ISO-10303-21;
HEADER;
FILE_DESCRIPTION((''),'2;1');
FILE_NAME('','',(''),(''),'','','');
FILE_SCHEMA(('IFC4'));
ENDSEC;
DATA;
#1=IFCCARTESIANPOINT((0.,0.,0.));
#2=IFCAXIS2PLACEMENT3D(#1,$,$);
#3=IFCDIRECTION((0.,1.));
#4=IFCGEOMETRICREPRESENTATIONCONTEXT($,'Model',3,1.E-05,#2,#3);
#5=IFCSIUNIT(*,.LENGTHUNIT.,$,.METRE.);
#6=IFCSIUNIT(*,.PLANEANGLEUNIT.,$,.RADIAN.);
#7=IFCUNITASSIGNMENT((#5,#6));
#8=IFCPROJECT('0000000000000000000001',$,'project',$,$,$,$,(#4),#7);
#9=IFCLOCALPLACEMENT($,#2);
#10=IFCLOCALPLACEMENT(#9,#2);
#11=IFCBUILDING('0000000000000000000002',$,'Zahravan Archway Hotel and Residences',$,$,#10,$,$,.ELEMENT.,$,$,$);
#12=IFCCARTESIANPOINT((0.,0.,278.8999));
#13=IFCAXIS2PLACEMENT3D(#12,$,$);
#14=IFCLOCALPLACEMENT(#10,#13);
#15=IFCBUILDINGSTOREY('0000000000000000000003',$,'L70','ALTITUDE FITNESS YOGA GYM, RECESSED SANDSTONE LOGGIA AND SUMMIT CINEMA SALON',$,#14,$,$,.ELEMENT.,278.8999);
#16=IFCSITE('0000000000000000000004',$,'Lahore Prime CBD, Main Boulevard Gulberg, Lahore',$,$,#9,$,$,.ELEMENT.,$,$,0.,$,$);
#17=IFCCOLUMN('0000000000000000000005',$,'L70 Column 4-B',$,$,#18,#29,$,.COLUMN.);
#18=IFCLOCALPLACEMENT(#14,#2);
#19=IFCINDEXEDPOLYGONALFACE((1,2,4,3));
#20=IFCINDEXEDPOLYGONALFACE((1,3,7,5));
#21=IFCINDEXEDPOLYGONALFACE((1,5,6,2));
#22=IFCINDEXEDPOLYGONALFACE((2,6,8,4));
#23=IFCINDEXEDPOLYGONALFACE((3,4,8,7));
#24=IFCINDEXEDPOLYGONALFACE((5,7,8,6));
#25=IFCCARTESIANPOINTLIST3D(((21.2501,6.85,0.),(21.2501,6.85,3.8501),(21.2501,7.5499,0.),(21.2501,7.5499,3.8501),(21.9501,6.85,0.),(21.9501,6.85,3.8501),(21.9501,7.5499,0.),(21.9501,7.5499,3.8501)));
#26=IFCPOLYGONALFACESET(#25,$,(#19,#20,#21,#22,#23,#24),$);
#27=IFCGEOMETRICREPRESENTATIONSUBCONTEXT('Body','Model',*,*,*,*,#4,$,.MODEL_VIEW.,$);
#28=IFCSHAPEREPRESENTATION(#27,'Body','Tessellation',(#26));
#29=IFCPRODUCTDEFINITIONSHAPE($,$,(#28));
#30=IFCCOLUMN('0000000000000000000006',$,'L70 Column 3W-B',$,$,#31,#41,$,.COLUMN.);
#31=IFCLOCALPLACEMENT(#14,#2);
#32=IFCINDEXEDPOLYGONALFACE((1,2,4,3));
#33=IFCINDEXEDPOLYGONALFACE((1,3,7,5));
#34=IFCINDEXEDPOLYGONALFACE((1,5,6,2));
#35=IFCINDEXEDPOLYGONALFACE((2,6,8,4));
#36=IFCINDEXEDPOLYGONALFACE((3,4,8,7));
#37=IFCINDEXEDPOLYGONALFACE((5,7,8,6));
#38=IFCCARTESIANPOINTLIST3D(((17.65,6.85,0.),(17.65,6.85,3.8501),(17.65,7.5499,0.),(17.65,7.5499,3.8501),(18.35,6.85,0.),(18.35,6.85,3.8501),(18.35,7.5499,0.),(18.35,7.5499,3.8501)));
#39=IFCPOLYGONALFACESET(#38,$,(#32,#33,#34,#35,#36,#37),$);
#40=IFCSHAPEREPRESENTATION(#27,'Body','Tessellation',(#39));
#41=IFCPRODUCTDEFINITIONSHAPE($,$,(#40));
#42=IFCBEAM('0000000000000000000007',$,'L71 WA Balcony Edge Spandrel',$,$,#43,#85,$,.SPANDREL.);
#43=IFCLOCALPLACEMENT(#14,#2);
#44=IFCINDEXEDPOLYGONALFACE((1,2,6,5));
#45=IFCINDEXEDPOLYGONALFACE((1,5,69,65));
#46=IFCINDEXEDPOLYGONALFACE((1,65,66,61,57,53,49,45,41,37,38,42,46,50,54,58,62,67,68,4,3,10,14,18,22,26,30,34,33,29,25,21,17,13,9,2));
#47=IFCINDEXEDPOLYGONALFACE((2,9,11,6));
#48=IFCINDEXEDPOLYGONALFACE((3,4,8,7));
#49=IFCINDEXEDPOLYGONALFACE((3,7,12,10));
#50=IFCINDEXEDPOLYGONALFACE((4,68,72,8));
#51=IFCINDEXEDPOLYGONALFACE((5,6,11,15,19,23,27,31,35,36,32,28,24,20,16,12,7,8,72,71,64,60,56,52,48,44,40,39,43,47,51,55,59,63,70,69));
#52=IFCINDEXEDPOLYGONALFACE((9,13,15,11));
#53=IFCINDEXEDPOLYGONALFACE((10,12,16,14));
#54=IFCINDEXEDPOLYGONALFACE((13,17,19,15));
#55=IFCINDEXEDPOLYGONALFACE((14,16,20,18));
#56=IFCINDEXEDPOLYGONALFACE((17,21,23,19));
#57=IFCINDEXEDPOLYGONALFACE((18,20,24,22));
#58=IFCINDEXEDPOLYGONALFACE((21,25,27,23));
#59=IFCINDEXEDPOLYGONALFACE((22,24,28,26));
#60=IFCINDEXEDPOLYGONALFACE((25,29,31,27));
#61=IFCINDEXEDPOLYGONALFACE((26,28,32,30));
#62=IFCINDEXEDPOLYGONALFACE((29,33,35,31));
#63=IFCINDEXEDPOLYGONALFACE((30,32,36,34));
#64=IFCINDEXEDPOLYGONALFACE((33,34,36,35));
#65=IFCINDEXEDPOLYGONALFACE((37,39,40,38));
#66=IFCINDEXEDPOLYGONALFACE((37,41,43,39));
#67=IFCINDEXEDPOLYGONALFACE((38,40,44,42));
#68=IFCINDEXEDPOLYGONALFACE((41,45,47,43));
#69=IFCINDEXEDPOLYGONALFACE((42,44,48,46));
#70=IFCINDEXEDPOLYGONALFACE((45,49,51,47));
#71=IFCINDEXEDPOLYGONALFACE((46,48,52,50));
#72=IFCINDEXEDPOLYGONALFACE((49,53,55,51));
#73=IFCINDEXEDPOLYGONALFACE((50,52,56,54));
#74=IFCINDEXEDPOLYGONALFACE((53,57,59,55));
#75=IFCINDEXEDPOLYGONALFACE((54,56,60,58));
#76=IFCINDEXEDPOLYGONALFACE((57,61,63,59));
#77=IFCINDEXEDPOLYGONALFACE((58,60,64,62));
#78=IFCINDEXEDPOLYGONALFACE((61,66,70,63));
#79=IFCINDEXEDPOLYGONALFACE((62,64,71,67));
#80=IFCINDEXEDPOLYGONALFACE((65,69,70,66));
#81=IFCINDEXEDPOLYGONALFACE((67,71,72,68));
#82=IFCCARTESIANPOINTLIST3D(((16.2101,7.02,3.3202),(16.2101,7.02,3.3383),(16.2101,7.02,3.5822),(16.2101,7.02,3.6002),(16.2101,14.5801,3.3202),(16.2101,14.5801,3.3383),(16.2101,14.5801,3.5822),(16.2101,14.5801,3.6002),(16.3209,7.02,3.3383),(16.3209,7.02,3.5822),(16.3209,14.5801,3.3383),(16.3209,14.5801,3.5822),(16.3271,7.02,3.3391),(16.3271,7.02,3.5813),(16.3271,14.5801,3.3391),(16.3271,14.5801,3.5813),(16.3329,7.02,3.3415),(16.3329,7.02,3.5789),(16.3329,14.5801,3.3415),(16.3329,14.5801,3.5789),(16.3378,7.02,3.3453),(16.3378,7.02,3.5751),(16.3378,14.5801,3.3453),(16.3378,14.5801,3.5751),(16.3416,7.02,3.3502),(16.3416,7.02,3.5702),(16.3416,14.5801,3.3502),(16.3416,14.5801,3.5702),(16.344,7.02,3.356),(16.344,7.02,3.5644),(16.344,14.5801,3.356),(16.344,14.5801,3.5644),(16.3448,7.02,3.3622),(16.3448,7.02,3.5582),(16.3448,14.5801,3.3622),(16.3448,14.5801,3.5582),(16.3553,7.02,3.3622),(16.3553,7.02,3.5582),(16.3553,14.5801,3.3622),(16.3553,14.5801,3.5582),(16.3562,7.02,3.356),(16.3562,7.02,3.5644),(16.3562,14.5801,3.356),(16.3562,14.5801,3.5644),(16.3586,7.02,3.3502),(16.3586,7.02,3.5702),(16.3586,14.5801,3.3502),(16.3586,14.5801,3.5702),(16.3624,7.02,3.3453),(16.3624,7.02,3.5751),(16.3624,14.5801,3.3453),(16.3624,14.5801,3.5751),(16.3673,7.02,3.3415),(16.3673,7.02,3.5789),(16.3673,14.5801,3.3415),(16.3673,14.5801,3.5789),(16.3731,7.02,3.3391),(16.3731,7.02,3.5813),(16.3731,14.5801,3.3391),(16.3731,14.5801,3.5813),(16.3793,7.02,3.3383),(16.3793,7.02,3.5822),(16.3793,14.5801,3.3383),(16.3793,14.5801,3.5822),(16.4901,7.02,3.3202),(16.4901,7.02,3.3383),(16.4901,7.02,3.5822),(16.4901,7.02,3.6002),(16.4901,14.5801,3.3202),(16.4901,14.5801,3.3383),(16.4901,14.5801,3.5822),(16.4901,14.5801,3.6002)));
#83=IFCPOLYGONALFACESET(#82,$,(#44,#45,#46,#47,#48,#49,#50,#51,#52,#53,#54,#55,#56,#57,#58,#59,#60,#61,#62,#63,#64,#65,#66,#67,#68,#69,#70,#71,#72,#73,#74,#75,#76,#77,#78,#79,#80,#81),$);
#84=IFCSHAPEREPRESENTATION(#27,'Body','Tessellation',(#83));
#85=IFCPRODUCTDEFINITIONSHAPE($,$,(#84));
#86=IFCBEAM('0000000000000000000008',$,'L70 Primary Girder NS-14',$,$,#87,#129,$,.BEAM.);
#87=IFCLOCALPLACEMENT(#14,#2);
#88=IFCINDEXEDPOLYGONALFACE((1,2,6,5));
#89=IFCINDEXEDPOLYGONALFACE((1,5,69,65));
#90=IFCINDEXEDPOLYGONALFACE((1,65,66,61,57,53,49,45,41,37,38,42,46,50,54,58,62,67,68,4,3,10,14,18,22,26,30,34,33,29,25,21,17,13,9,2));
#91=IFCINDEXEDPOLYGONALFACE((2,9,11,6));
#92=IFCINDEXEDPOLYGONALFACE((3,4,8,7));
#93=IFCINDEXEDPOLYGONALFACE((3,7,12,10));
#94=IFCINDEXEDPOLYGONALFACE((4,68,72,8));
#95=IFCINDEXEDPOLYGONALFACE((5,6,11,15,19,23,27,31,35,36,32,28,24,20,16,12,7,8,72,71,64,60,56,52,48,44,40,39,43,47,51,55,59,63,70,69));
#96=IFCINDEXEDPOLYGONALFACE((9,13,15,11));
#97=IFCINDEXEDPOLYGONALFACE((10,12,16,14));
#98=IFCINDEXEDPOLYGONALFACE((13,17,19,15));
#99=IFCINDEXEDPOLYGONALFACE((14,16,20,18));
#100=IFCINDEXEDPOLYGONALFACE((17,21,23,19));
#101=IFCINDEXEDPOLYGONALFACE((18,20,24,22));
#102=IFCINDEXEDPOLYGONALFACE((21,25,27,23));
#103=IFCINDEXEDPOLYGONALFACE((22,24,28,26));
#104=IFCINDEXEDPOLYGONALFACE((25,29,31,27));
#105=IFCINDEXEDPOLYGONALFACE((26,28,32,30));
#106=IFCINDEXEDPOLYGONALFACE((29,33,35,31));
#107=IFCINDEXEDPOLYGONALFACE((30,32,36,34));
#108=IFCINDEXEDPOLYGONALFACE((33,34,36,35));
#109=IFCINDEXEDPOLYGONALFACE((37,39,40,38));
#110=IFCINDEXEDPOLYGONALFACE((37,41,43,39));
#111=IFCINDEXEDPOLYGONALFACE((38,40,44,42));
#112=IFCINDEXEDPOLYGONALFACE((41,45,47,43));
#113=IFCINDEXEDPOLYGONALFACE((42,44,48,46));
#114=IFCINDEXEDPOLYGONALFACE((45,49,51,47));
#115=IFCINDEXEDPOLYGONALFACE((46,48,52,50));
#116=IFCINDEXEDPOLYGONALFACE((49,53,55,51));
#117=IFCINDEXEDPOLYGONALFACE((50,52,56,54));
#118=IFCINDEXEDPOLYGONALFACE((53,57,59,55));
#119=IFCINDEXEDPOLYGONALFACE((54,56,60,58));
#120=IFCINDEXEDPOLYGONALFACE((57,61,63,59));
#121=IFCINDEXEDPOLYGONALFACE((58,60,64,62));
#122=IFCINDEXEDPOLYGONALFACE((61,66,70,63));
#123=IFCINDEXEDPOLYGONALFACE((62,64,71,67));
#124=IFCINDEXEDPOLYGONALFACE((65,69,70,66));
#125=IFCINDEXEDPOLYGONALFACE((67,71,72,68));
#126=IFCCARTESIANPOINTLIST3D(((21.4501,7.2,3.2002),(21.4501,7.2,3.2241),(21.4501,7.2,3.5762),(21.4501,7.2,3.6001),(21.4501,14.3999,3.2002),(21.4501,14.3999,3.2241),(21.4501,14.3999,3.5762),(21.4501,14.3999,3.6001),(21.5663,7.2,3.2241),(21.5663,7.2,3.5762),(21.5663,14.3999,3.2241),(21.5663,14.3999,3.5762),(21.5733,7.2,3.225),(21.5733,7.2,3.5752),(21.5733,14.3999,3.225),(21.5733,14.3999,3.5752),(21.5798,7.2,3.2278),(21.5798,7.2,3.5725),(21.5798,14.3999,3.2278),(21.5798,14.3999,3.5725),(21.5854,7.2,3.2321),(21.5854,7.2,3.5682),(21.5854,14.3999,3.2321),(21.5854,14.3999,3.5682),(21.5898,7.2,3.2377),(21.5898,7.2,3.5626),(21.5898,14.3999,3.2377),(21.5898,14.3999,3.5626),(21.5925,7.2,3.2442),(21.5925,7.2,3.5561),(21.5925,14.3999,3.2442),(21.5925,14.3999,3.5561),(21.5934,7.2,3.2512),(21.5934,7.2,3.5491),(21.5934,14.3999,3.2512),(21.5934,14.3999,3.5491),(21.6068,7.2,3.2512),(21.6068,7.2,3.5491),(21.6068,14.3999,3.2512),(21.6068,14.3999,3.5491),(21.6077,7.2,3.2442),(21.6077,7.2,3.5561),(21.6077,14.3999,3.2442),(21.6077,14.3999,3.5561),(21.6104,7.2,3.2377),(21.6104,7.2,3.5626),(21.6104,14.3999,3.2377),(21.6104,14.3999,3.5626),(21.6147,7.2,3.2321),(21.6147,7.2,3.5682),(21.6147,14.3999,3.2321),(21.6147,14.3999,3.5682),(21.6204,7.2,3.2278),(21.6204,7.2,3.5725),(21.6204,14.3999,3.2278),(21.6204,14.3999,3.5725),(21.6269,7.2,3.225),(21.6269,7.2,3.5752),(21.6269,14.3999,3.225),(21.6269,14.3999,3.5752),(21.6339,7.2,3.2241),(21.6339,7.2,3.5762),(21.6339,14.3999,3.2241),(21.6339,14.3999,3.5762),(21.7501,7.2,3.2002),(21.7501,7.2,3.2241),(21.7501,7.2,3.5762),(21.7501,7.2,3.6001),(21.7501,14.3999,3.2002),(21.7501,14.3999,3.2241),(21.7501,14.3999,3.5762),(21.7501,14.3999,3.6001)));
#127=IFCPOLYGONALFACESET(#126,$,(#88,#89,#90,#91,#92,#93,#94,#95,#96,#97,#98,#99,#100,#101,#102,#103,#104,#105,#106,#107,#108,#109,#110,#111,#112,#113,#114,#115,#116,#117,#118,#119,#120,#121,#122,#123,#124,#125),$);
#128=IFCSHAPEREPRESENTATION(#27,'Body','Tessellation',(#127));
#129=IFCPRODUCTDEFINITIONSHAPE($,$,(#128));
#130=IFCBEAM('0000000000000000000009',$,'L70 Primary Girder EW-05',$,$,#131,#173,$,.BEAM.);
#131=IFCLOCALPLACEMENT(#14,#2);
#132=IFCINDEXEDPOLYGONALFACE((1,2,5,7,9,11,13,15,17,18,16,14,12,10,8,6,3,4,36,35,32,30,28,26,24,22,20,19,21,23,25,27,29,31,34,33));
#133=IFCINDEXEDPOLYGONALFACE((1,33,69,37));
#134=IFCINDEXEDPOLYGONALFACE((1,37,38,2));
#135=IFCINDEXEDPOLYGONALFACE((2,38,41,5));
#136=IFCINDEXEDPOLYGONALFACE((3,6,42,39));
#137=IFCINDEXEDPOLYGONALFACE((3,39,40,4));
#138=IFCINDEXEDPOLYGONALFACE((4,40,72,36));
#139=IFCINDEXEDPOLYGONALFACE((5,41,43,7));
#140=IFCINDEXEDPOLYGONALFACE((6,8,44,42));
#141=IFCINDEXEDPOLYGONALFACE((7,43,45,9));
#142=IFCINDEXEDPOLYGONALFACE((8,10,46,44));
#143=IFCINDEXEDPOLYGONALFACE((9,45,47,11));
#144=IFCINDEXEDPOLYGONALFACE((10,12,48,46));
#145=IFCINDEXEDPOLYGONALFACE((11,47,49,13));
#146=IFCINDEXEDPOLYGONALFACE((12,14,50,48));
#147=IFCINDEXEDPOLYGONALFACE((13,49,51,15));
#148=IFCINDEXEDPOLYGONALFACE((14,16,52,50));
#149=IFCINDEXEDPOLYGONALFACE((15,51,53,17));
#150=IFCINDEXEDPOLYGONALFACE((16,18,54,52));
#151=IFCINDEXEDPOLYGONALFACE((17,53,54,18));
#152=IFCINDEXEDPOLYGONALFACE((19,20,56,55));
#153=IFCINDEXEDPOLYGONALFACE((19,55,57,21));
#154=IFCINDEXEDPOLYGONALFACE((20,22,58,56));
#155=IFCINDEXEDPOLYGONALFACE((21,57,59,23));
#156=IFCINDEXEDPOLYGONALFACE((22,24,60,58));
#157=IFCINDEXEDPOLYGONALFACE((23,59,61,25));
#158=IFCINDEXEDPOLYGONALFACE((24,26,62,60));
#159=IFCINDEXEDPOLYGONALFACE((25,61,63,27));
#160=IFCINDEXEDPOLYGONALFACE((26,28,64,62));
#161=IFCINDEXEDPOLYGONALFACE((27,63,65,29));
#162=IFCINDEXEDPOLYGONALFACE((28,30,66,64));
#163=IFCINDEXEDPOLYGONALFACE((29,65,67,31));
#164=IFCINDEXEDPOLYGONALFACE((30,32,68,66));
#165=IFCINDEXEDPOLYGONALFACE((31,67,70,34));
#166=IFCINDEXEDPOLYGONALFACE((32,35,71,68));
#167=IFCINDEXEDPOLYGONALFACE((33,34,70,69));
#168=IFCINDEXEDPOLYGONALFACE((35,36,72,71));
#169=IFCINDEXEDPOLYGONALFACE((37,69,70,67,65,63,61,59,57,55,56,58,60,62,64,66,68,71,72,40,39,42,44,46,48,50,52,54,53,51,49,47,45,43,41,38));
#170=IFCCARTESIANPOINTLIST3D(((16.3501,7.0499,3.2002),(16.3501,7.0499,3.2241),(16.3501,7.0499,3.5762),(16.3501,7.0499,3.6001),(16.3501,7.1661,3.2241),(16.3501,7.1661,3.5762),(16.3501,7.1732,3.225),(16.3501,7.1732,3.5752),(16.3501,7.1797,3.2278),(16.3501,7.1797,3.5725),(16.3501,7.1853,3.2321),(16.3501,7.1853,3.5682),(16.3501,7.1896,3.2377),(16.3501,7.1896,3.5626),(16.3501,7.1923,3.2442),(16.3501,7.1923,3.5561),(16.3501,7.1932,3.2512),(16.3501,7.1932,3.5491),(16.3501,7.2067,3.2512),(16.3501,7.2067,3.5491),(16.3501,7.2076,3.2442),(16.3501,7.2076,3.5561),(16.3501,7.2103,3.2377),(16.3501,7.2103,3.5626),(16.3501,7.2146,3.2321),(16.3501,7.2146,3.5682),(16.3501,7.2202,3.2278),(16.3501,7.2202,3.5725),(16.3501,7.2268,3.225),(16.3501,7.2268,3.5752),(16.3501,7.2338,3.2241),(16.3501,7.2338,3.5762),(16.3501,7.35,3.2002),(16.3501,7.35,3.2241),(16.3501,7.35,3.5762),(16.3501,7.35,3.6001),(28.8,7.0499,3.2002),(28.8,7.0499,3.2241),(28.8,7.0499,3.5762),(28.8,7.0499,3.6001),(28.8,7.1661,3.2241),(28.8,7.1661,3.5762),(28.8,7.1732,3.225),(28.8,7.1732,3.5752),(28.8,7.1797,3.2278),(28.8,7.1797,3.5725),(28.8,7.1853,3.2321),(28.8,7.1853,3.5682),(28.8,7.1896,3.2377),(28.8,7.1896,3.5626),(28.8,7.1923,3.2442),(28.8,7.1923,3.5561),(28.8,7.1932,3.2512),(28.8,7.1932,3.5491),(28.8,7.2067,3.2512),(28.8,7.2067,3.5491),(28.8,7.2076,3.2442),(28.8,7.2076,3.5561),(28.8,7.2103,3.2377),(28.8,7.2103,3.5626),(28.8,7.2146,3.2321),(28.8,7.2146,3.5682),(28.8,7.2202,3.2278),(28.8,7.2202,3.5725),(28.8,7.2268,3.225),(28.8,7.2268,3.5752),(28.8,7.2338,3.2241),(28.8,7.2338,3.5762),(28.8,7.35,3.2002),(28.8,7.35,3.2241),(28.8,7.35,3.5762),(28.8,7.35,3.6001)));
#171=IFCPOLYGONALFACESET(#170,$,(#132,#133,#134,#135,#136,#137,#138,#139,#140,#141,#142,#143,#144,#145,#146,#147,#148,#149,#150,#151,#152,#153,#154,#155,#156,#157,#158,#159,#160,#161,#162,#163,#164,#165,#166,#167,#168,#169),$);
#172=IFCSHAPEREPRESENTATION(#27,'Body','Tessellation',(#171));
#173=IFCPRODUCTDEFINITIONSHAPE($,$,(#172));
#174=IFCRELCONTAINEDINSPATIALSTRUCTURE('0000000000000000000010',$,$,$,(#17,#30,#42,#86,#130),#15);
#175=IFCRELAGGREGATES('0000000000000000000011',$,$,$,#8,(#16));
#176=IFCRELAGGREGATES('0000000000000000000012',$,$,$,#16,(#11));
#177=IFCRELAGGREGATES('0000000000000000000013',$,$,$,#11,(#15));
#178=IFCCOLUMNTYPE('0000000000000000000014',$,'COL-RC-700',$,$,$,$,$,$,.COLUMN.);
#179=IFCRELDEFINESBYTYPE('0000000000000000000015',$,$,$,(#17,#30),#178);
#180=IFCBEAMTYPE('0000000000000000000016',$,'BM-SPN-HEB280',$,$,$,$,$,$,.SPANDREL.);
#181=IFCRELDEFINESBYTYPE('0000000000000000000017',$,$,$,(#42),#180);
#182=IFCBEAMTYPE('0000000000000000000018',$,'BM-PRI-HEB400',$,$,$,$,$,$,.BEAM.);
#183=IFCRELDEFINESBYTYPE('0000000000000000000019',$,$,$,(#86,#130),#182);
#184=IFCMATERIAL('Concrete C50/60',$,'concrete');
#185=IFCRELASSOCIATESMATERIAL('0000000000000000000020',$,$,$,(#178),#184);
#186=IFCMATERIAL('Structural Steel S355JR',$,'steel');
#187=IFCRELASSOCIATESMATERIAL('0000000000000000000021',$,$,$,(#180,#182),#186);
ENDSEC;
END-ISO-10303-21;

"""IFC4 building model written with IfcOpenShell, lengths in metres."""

from ifc_helpers import new_model, si_unit, direction, frame, origin, origin_2d, place, context, subcontext, project, spatial, rectangle, i_section, extrude, source, transform, mapped, material, material_profile, profile_set, type_object, type_shapes, element, save


model = new_model("IFC4")

# Units and contexts
model_context = context("Model", 3, precision=1e-05, world=origin(), true_north=direction((0.0, 1.0)))
body_context = subcontext(model_context, "Body", "Model", "MODEL_VIEW")
ifc_project = project(units=[si_unit("LENGTHUNIT", "METRE"), si_unit("PLANEANGLEUNIT", "RADIAN")], contexts=[model_context])

# Site, building, storey
site_placement = place(None, origin())
site = spatial("IfcSite", under=ifc_project, at=site_placement, Name="Lahore Prime CBD, Main Boulevard Gulberg, Lahore", CompositionType="ELEMENT", RefElevation=0.0)
building_placement = place(site_placement, origin())
building = spatial("IfcBuilding", under=site, at=building_placement, Name="Zahravan Archway Hotel and Residences", CompositionType="ELEMENT")
storey_placement = place(building_placement, frame((0.0, 0.0, 278.8999)))
storey = spatial("IfcBuildingStorey", under=building, at=storey_placement, Name="L70", Description="ALTITUDE FITNESS YOGA GYM, RECESSED SANDSTONE LOGGIA AND SUMMIT CINEMA SALON", CompositionType="ELEMENT", Elevation=278.8999)

# Columns
ifc_material_1 = material(Name="Concrete C50/60", Category="concrete")
ifc_material_profile_1 = material_profile(ifc_material_1, rectangle(XDim=0.7, YDim=0.7, at=origin_2d()), Name="RC-COL-700x700", Category="concrete")
ifc_profile_set_1 = profile_set([ifc_material_profile_1], Name="Concrete C50/60")
column_type = type_object("IfcColumnType", Name="COL-RC-700", PredefinedType="COLUMN", material=ifc_profile_set_1)
shared_shape_1 = source(origin(), body_context, "Body", "SweptSolid", [
    extrude(rectangle(XDim=0.7, YDim=0.7, at=origin_2d()), origin(), (0.0, 0.0, 1.0), 3.8501),
])
for number, where, z_axis, x_axis, name in (
    (1, (21.6001, 7.2, 0.0), (0.0, 0.0, 1.0), (1.0, 0.0, 0.0), "L70 Column 4-B"),
    (2, (18.0, 7.2, 0.0), (0.0, 0.0, 1.0), (1.0, 0.0, 0.0), "L70 Column 3W-B"),
):
    element("IfcColumn", number, at=place(storey_placement, frame(where, z_axis=z_axis, x_axis=x_axis)), inside=storey, type_object=column_type, Name=name, PredefinedType="COLUMN", context=body_context, shape_type="MappedRepresentation", body=[
        mapped(shared_shape_1, transform((0.0, 0.0, 0.0), scale=1.0)),
    ])

# Beams
ifc_material_2 = material(Name="Structural Steel S355JR", Category="steel")
ifc_material_profile_2 = material_profile(ifc_material_2, i_section(OverallWidth=0.28, OverallDepth=0.28, WebThickness=0.0105, FlangeThickness=0.0181, FilletRadius=0.0239, at=origin_2d()), Name="HEB 280", Category="steel")
ifc_profile_set_2 = profile_set([ifc_material_profile_2], Name="Structural Steel S355JR")
beam_type_1 = type_object("IfcBeamType", Name="BM-SPN-HEB280", PredefinedType="SPANDREL", material=ifc_profile_set_2)
shared_shape_2 = source(origin(), body_context, "Body", "SweptSolid", [
    extrude(i_section(OverallWidth=0.28, OverallDepth=0.28, WebThickness=0.0105, FlangeThickness=0.0181, FilletRadius=0.0239, at=origin_2d()), origin(), (0.0, 0.0, 1.0), 7.5601),
])
type_shapes(beam_type_1, [shared_shape_2])
beam_1_placement = place(storey_placement, frame((16.3501, 7.02, 3.4602), z_axis=(0.0, 1.0, 0.0), x_axis=(-1.0, 0.0, 0.0)))
element("IfcBeam", 3, at=beam_1_placement, inside=storey, type_object=beam_type_1, Name="L71 WA Balcony Edge Spandrel", PredefinedType="SPANDREL", context=body_context, shape_type="MappedRepresentation", body=[
    mapped(shared_shape_2, transform((0.0, 0.0, 0.0), scale=1.0)),
])
ifc_material_profile_3 = material_profile(ifc_material_2, i_section(OverallWidth=0.3, OverallDepth=0.3999, WebThickness=0.0134, FlangeThickness=0.0239, FilletRadius=0.0271, at=origin_2d()), Name="HEB 400", Category="steel")
ifc_profile_set_3 = profile_set([ifc_material_profile_3], Name="Structural Steel S355JR")
beam_type_2 = type_object("IfcBeamType", Name="BM-PRI-HEB400", PredefinedType="BEAM", material=ifc_profile_set_3)
shared_shape_3 = source(origin(), body_context, "Body", "SweptSolid", [
    extrude(i_section(OverallWidth=0.3, OverallDepth=0.3999, WebThickness=0.0134, FlangeThickness=0.0239, FilletRadius=0.0271, at=origin_2d()), origin(), (0.0, 0.0, 1.0), 7.2),
])
type_shapes(beam_type_2, [shared_shape_3])
beam_2_placement = place(storey_placement, frame((21.6001, 7.2, 3.4001), z_axis=(0.0, 1.0, 0.0), x_axis=(-1.0, 0.0, 0.0)))
element("IfcBeam", 4, at=beam_2_placement, inside=storey, type_object=beam_type_2, Name="L70 Primary Girder NS-14", PredefinedType="BEAM", context=body_context, shape_type="MappedRepresentation", body=[
    mapped(shared_shape_3, transform((0.0, 0.0, 0.0), scale=1.0)),
])
shared_shape_4 = source(origin(), body_context, "Body", "SweptSolid", [
    extrude(i_section(OverallWidth=0.3, OverallDepth=0.3999, WebThickness=0.0134, FlangeThickness=0.0239, FilletRadius=0.0271, at=origin_2d()), origin(), (0.0, 0.0, 1.0), 12.45),
])
beam_3_placement = place(storey_placement, frame((16.3501, 7.2, 3.4001), z_axis=(1.0, 0.0, 0.0), x_axis=(0.0, 1.0, 0.0)))
element("IfcBeam", 5, at=beam_3_placement, inside=storey, type_object=beam_type_2, Name="L70 Primary Girder EW-05", PredefinedType="BEAM", context=body_context, shape_type="MappedRepresentation", body=[
    mapped(shared_shape_4, transform((0.0, 0.0, 0.0), scale=1.0)),
])

save(model, "model.ifc")
